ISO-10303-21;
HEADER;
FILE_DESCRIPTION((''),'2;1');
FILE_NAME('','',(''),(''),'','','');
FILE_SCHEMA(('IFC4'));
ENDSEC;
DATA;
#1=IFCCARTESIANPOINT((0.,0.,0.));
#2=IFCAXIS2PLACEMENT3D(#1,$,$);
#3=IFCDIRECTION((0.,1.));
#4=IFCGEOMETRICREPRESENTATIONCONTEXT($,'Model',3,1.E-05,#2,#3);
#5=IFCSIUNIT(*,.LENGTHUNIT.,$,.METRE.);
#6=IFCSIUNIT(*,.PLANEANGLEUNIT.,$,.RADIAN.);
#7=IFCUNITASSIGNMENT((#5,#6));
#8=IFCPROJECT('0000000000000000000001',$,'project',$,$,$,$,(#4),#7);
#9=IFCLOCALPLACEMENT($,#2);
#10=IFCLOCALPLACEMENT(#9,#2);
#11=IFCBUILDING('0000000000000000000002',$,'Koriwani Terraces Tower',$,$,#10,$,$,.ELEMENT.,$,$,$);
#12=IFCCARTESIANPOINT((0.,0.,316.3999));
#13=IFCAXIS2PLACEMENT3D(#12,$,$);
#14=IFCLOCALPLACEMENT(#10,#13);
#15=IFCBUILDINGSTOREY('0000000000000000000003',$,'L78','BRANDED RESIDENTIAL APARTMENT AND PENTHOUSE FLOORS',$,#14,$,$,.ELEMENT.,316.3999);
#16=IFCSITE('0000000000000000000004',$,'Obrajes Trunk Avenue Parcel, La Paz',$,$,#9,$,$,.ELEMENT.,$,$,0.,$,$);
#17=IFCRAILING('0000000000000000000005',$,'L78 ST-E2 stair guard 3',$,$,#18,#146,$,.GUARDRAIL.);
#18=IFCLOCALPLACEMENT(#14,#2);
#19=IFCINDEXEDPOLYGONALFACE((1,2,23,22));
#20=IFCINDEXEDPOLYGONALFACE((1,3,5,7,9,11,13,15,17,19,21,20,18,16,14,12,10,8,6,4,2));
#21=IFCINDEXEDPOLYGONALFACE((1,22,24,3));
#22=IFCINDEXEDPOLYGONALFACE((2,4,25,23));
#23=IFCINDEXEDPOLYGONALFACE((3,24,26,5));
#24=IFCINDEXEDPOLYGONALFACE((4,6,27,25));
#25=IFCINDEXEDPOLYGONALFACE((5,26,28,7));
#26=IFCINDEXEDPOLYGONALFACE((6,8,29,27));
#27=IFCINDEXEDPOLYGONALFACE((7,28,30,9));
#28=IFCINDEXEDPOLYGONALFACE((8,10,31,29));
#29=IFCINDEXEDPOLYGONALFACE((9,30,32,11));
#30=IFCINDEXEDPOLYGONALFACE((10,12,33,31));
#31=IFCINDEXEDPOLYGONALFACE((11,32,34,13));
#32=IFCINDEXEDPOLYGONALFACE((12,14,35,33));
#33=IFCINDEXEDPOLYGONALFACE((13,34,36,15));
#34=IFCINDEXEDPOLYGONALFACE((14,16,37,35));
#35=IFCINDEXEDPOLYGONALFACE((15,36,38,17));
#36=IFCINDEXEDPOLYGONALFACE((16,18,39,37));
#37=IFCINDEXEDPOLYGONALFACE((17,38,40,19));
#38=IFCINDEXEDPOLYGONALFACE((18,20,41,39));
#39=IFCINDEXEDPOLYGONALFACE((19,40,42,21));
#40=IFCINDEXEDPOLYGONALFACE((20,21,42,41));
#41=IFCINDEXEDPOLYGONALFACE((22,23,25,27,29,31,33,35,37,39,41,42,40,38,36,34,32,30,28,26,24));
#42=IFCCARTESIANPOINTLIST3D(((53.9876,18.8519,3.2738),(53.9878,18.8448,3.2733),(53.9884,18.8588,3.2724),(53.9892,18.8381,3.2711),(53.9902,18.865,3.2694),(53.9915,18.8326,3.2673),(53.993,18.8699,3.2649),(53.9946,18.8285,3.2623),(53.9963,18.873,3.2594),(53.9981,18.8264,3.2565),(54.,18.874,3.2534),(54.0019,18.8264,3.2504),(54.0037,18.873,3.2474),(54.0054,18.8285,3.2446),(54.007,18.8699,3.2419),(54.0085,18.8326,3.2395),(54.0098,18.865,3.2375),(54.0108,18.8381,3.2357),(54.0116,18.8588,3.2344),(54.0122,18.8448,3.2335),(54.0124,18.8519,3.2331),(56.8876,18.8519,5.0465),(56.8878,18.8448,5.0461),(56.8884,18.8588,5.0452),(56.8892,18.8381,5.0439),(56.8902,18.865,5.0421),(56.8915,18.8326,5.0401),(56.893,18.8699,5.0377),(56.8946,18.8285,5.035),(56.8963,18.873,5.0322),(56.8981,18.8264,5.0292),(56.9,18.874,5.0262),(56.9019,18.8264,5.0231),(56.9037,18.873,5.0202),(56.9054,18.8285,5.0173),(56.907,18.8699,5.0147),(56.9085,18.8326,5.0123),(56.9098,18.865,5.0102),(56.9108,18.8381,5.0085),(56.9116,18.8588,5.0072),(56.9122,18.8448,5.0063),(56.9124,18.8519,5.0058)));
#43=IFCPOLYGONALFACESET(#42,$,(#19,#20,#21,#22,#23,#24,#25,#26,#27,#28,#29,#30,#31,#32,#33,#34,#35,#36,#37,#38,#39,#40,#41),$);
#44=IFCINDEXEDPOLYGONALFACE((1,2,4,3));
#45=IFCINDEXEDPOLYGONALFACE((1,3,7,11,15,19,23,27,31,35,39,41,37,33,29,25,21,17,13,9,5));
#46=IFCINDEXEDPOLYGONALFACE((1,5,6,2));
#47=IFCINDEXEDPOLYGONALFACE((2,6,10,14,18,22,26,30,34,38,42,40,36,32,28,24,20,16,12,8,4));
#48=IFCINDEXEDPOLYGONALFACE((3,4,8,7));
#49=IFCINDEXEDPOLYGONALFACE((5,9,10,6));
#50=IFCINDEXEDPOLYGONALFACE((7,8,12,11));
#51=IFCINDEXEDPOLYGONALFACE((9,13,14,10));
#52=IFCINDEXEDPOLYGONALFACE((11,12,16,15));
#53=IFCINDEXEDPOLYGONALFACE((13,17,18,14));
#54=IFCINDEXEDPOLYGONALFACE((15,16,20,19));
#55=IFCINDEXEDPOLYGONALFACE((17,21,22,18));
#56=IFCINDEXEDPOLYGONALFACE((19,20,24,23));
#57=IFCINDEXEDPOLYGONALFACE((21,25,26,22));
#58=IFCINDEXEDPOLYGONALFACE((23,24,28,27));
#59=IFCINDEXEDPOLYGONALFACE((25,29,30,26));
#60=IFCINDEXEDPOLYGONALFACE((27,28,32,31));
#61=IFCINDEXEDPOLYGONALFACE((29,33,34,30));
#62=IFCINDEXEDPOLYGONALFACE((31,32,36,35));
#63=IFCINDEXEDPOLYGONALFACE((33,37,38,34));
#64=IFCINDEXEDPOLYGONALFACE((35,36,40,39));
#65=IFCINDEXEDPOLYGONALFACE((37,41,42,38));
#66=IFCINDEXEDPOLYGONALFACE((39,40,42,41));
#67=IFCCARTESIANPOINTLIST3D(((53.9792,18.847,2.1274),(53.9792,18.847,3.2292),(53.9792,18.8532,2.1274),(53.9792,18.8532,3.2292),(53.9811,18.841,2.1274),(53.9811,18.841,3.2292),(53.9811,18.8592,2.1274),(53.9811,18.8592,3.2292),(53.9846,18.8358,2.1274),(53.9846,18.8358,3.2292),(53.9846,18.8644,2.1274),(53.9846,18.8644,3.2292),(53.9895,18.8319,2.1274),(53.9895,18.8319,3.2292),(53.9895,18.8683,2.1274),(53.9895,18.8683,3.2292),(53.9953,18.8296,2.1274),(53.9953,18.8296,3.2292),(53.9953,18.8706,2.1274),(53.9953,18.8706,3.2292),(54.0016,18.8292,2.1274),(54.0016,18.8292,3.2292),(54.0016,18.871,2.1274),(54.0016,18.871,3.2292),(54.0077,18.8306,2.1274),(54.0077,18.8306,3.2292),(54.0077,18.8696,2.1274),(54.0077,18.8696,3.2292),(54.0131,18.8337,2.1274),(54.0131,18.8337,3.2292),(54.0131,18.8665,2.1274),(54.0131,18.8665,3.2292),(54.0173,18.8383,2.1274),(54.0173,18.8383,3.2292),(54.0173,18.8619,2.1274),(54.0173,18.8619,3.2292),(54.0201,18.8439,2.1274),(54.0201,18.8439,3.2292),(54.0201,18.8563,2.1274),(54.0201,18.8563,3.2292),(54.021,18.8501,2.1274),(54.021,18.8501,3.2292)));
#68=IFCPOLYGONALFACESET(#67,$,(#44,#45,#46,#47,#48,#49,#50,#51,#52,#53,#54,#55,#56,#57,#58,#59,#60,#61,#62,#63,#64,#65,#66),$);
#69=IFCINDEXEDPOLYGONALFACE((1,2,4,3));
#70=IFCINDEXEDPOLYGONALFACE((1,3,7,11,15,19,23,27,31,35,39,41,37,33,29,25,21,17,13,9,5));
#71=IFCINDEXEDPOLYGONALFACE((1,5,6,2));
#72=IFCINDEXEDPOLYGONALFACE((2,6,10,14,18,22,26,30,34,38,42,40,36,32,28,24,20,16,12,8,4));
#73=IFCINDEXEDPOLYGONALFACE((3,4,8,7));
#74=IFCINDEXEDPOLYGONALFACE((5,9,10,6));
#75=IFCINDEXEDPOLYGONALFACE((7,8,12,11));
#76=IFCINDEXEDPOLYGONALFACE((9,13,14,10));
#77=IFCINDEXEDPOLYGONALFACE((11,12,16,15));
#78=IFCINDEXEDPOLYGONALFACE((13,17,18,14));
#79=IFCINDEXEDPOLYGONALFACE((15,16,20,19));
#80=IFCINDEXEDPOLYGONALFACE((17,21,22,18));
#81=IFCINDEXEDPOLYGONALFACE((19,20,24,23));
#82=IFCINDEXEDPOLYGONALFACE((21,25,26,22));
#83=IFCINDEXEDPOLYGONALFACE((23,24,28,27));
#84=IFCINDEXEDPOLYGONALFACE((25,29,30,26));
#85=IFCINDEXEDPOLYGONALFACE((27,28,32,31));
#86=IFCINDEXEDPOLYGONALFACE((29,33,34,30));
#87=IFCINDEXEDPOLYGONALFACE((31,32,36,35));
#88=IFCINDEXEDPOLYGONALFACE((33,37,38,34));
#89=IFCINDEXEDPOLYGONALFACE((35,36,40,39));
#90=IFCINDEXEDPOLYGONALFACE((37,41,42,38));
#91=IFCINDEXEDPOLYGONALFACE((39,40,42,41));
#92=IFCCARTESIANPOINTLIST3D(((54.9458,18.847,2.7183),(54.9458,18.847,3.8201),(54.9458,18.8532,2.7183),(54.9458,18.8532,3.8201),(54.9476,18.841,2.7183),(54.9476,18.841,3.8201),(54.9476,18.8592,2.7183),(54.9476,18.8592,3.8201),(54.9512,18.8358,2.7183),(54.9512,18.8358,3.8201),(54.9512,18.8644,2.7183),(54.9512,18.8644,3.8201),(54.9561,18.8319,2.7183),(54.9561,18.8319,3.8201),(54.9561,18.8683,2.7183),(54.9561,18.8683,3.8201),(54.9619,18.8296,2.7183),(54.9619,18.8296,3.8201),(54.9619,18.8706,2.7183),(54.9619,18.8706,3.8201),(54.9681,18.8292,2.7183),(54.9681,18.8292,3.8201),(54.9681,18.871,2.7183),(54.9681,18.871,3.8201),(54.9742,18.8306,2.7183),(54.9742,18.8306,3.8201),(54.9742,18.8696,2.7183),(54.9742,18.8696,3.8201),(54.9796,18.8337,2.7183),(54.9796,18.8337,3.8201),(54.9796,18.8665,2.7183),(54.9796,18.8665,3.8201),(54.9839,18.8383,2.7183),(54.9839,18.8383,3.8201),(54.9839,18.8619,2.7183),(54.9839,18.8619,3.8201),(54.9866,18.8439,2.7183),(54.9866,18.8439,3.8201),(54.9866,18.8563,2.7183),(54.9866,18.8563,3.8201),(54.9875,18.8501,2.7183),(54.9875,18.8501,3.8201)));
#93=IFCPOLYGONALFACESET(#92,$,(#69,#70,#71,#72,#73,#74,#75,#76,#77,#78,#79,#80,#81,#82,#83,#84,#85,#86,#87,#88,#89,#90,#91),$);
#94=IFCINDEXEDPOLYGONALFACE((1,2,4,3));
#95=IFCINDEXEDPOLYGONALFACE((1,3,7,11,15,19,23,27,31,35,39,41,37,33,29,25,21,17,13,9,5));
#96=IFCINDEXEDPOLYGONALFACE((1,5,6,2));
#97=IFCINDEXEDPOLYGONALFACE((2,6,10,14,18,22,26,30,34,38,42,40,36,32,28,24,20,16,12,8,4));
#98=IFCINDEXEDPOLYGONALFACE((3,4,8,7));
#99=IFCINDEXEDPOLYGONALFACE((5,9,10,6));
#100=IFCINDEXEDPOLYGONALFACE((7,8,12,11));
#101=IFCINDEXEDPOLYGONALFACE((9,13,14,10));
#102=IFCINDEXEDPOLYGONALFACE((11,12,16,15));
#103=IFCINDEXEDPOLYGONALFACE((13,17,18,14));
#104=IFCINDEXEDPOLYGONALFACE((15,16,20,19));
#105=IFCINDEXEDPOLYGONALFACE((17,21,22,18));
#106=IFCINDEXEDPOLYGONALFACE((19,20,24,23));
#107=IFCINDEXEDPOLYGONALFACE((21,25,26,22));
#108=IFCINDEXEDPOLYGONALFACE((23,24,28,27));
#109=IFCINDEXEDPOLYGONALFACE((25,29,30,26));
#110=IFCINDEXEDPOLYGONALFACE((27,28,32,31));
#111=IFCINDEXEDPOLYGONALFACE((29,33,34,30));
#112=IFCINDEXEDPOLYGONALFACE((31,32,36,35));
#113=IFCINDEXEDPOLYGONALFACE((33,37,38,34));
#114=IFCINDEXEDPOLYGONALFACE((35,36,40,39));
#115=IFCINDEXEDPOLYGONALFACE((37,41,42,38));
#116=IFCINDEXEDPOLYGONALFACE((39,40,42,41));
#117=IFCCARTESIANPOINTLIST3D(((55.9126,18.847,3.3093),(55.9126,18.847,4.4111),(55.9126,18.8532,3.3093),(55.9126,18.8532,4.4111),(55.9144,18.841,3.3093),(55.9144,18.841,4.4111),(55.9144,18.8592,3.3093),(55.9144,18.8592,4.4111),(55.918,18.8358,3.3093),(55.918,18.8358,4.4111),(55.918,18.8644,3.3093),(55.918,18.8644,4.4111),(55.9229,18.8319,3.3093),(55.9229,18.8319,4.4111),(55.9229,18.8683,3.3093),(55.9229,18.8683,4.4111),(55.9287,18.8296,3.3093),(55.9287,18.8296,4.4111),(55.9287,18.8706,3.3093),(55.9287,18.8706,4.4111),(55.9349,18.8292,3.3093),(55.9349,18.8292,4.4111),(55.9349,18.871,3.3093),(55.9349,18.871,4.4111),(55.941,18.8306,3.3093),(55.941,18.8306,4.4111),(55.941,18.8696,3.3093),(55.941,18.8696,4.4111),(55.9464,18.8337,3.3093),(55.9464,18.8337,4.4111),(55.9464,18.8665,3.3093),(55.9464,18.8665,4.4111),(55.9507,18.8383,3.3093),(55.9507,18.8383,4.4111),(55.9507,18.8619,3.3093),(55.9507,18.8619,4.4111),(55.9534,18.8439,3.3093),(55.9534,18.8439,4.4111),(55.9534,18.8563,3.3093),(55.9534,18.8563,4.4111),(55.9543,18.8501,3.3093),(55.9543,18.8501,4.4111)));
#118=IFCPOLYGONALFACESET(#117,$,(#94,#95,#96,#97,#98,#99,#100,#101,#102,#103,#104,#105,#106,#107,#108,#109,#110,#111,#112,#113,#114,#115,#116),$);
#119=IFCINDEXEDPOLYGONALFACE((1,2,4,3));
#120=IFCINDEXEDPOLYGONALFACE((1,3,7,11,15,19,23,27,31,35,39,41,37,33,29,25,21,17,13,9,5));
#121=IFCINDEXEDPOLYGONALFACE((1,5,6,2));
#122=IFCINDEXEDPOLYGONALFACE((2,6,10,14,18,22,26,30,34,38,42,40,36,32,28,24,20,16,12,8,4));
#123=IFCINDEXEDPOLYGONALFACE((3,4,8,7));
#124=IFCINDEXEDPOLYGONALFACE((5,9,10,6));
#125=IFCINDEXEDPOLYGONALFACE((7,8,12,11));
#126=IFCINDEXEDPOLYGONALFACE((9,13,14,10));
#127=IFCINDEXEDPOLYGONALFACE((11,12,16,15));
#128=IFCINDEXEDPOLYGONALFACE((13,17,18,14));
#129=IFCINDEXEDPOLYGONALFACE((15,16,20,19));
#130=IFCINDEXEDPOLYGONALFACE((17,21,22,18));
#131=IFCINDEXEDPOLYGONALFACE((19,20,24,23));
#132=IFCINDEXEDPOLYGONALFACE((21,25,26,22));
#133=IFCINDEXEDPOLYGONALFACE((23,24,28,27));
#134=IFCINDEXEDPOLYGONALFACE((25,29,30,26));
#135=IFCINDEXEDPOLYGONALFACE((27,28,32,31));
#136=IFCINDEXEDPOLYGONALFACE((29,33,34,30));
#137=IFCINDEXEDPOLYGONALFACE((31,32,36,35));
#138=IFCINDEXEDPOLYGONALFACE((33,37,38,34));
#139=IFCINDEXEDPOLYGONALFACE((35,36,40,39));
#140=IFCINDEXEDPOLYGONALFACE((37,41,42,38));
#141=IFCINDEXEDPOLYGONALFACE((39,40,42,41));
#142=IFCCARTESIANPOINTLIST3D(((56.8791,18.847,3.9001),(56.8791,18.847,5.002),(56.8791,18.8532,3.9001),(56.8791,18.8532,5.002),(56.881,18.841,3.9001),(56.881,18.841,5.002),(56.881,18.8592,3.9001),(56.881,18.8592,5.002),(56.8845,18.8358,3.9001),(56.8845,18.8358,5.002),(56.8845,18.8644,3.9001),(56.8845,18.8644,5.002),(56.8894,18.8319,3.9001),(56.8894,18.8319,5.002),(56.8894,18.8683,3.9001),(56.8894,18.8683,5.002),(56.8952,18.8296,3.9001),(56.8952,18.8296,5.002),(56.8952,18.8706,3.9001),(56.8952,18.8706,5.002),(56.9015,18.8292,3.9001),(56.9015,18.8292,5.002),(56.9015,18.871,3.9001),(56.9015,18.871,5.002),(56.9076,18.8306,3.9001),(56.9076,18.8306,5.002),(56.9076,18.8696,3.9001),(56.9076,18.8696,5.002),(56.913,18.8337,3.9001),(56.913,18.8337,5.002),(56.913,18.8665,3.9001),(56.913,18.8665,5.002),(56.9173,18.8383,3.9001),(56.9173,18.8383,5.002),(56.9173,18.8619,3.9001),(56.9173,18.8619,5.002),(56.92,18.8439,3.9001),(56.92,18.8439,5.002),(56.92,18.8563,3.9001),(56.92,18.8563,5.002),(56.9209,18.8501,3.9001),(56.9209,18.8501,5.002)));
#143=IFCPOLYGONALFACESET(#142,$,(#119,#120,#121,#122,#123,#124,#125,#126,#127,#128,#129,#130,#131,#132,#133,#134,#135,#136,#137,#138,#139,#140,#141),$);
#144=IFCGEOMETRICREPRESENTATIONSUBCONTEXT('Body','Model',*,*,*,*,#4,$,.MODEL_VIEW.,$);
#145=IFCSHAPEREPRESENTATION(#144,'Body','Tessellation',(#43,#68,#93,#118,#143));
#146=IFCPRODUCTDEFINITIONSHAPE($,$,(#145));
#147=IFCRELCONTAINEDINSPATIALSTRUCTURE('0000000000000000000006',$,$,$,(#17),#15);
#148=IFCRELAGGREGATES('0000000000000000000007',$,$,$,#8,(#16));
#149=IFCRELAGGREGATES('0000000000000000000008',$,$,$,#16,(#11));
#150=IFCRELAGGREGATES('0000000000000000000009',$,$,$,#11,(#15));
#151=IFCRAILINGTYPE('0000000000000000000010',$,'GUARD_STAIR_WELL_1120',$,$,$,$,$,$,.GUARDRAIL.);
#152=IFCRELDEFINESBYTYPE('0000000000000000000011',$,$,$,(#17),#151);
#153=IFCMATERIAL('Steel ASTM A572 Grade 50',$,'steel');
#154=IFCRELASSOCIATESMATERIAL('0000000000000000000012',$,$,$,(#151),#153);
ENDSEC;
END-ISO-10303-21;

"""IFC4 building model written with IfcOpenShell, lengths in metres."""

from ifc_helpers import new_model, si_unit, direction, frame, origin, origin_2d, place, context, subcontext, project, spatial, circle, extrude, material, type_object, element, save


model = new_model("IFC4")

# Units and contexts
model_context = context("Model", 3, precision=1e-05, world=origin(), true_north=direction((0.0, 1.0)))
body_context = subcontext(model_context, "Body", "Model", "MODEL_VIEW")
ifc_project = project(units=[si_unit("LENGTHUNIT", "METRE"), si_unit("PLANEANGLEUNIT", "RADIAN")], contexts=[model_context])

# Site, building, storey
site_placement = place(None, origin())
site = spatial("IfcSite", under=ifc_project, at=site_placement, Name="Obrajes Trunk Avenue Parcel, La Paz", CompositionType="ELEMENT", RefElevation=0.0)
building_placement = place(site_placement, origin())
building = spatial("IfcBuilding", under=site, at=building_placement, Name="Koriwani Terraces Tower", CompositionType="ELEMENT")
storey_placement = place(building_placement, frame((0.0, 0.0, 316.3999)))
storey = spatial("IfcBuildingStorey", under=building, at=storey_placement, Name="L78", Description="BRANDED RESIDENTIAL APARTMENT AND PENTHOUSE FLOORS", CompositionType="ELEMENT", Elevation=316.3999)

# Shared definitions
ifc_material_1 = material(Name="Steel ASTM A572 Grade 50", Category="steel")

# Railing
railing_type = type_object("IfcRailingType", Name="GUARD_STAIR_WELL_1120", PredefinedType="GUARDRAIL", material=ifc_material_1)
railing_1_placement = place(storey_placement, frame((54.0, 18.8501, 2.1274)))
element("IfcRailing", 1, at=railing_1_placement, inside=storey, type_object=railing_type, Name="L78 ST-E2 stair guard 3", PredefinedType="GUARDRAIL", context=body_context, shape_type="SweptSolid", body=[
    extrude(circle(Radius=0.0239, at=origin_2d()), frame((0.0, 0.0, 1.126), z_axis=(0.853211, 0.0, 0.521566), x_axis=(0.0, 1.0, 0.0)), (0.0, 0.0, 1.0), 3.3989),
    extrude(circle(Radius=0.021, at=origin_2d()), origin(), (0.0, 0.0, 1.0), 1.1018),
    extrude(circle(Radius=0.021, at=origin_2d()), frame((0.9666, 0.0, 0.5908)), (0.0, 0.0, 1.0), 1.1018),
    extrude(circle(Radius=0.021, at=origin_2d()), frame((1.9333, 0.0, 1.1819)), (0.0, 0.0, 1.0), 1.1018),
    extrude(circle(Radius=0.021, at=origin_2d()), frame((2.8999, 0.0, 1.7727)), (0.0, 0.0, 1.0), 1.1018),
])

save(model, "model.ifc")
